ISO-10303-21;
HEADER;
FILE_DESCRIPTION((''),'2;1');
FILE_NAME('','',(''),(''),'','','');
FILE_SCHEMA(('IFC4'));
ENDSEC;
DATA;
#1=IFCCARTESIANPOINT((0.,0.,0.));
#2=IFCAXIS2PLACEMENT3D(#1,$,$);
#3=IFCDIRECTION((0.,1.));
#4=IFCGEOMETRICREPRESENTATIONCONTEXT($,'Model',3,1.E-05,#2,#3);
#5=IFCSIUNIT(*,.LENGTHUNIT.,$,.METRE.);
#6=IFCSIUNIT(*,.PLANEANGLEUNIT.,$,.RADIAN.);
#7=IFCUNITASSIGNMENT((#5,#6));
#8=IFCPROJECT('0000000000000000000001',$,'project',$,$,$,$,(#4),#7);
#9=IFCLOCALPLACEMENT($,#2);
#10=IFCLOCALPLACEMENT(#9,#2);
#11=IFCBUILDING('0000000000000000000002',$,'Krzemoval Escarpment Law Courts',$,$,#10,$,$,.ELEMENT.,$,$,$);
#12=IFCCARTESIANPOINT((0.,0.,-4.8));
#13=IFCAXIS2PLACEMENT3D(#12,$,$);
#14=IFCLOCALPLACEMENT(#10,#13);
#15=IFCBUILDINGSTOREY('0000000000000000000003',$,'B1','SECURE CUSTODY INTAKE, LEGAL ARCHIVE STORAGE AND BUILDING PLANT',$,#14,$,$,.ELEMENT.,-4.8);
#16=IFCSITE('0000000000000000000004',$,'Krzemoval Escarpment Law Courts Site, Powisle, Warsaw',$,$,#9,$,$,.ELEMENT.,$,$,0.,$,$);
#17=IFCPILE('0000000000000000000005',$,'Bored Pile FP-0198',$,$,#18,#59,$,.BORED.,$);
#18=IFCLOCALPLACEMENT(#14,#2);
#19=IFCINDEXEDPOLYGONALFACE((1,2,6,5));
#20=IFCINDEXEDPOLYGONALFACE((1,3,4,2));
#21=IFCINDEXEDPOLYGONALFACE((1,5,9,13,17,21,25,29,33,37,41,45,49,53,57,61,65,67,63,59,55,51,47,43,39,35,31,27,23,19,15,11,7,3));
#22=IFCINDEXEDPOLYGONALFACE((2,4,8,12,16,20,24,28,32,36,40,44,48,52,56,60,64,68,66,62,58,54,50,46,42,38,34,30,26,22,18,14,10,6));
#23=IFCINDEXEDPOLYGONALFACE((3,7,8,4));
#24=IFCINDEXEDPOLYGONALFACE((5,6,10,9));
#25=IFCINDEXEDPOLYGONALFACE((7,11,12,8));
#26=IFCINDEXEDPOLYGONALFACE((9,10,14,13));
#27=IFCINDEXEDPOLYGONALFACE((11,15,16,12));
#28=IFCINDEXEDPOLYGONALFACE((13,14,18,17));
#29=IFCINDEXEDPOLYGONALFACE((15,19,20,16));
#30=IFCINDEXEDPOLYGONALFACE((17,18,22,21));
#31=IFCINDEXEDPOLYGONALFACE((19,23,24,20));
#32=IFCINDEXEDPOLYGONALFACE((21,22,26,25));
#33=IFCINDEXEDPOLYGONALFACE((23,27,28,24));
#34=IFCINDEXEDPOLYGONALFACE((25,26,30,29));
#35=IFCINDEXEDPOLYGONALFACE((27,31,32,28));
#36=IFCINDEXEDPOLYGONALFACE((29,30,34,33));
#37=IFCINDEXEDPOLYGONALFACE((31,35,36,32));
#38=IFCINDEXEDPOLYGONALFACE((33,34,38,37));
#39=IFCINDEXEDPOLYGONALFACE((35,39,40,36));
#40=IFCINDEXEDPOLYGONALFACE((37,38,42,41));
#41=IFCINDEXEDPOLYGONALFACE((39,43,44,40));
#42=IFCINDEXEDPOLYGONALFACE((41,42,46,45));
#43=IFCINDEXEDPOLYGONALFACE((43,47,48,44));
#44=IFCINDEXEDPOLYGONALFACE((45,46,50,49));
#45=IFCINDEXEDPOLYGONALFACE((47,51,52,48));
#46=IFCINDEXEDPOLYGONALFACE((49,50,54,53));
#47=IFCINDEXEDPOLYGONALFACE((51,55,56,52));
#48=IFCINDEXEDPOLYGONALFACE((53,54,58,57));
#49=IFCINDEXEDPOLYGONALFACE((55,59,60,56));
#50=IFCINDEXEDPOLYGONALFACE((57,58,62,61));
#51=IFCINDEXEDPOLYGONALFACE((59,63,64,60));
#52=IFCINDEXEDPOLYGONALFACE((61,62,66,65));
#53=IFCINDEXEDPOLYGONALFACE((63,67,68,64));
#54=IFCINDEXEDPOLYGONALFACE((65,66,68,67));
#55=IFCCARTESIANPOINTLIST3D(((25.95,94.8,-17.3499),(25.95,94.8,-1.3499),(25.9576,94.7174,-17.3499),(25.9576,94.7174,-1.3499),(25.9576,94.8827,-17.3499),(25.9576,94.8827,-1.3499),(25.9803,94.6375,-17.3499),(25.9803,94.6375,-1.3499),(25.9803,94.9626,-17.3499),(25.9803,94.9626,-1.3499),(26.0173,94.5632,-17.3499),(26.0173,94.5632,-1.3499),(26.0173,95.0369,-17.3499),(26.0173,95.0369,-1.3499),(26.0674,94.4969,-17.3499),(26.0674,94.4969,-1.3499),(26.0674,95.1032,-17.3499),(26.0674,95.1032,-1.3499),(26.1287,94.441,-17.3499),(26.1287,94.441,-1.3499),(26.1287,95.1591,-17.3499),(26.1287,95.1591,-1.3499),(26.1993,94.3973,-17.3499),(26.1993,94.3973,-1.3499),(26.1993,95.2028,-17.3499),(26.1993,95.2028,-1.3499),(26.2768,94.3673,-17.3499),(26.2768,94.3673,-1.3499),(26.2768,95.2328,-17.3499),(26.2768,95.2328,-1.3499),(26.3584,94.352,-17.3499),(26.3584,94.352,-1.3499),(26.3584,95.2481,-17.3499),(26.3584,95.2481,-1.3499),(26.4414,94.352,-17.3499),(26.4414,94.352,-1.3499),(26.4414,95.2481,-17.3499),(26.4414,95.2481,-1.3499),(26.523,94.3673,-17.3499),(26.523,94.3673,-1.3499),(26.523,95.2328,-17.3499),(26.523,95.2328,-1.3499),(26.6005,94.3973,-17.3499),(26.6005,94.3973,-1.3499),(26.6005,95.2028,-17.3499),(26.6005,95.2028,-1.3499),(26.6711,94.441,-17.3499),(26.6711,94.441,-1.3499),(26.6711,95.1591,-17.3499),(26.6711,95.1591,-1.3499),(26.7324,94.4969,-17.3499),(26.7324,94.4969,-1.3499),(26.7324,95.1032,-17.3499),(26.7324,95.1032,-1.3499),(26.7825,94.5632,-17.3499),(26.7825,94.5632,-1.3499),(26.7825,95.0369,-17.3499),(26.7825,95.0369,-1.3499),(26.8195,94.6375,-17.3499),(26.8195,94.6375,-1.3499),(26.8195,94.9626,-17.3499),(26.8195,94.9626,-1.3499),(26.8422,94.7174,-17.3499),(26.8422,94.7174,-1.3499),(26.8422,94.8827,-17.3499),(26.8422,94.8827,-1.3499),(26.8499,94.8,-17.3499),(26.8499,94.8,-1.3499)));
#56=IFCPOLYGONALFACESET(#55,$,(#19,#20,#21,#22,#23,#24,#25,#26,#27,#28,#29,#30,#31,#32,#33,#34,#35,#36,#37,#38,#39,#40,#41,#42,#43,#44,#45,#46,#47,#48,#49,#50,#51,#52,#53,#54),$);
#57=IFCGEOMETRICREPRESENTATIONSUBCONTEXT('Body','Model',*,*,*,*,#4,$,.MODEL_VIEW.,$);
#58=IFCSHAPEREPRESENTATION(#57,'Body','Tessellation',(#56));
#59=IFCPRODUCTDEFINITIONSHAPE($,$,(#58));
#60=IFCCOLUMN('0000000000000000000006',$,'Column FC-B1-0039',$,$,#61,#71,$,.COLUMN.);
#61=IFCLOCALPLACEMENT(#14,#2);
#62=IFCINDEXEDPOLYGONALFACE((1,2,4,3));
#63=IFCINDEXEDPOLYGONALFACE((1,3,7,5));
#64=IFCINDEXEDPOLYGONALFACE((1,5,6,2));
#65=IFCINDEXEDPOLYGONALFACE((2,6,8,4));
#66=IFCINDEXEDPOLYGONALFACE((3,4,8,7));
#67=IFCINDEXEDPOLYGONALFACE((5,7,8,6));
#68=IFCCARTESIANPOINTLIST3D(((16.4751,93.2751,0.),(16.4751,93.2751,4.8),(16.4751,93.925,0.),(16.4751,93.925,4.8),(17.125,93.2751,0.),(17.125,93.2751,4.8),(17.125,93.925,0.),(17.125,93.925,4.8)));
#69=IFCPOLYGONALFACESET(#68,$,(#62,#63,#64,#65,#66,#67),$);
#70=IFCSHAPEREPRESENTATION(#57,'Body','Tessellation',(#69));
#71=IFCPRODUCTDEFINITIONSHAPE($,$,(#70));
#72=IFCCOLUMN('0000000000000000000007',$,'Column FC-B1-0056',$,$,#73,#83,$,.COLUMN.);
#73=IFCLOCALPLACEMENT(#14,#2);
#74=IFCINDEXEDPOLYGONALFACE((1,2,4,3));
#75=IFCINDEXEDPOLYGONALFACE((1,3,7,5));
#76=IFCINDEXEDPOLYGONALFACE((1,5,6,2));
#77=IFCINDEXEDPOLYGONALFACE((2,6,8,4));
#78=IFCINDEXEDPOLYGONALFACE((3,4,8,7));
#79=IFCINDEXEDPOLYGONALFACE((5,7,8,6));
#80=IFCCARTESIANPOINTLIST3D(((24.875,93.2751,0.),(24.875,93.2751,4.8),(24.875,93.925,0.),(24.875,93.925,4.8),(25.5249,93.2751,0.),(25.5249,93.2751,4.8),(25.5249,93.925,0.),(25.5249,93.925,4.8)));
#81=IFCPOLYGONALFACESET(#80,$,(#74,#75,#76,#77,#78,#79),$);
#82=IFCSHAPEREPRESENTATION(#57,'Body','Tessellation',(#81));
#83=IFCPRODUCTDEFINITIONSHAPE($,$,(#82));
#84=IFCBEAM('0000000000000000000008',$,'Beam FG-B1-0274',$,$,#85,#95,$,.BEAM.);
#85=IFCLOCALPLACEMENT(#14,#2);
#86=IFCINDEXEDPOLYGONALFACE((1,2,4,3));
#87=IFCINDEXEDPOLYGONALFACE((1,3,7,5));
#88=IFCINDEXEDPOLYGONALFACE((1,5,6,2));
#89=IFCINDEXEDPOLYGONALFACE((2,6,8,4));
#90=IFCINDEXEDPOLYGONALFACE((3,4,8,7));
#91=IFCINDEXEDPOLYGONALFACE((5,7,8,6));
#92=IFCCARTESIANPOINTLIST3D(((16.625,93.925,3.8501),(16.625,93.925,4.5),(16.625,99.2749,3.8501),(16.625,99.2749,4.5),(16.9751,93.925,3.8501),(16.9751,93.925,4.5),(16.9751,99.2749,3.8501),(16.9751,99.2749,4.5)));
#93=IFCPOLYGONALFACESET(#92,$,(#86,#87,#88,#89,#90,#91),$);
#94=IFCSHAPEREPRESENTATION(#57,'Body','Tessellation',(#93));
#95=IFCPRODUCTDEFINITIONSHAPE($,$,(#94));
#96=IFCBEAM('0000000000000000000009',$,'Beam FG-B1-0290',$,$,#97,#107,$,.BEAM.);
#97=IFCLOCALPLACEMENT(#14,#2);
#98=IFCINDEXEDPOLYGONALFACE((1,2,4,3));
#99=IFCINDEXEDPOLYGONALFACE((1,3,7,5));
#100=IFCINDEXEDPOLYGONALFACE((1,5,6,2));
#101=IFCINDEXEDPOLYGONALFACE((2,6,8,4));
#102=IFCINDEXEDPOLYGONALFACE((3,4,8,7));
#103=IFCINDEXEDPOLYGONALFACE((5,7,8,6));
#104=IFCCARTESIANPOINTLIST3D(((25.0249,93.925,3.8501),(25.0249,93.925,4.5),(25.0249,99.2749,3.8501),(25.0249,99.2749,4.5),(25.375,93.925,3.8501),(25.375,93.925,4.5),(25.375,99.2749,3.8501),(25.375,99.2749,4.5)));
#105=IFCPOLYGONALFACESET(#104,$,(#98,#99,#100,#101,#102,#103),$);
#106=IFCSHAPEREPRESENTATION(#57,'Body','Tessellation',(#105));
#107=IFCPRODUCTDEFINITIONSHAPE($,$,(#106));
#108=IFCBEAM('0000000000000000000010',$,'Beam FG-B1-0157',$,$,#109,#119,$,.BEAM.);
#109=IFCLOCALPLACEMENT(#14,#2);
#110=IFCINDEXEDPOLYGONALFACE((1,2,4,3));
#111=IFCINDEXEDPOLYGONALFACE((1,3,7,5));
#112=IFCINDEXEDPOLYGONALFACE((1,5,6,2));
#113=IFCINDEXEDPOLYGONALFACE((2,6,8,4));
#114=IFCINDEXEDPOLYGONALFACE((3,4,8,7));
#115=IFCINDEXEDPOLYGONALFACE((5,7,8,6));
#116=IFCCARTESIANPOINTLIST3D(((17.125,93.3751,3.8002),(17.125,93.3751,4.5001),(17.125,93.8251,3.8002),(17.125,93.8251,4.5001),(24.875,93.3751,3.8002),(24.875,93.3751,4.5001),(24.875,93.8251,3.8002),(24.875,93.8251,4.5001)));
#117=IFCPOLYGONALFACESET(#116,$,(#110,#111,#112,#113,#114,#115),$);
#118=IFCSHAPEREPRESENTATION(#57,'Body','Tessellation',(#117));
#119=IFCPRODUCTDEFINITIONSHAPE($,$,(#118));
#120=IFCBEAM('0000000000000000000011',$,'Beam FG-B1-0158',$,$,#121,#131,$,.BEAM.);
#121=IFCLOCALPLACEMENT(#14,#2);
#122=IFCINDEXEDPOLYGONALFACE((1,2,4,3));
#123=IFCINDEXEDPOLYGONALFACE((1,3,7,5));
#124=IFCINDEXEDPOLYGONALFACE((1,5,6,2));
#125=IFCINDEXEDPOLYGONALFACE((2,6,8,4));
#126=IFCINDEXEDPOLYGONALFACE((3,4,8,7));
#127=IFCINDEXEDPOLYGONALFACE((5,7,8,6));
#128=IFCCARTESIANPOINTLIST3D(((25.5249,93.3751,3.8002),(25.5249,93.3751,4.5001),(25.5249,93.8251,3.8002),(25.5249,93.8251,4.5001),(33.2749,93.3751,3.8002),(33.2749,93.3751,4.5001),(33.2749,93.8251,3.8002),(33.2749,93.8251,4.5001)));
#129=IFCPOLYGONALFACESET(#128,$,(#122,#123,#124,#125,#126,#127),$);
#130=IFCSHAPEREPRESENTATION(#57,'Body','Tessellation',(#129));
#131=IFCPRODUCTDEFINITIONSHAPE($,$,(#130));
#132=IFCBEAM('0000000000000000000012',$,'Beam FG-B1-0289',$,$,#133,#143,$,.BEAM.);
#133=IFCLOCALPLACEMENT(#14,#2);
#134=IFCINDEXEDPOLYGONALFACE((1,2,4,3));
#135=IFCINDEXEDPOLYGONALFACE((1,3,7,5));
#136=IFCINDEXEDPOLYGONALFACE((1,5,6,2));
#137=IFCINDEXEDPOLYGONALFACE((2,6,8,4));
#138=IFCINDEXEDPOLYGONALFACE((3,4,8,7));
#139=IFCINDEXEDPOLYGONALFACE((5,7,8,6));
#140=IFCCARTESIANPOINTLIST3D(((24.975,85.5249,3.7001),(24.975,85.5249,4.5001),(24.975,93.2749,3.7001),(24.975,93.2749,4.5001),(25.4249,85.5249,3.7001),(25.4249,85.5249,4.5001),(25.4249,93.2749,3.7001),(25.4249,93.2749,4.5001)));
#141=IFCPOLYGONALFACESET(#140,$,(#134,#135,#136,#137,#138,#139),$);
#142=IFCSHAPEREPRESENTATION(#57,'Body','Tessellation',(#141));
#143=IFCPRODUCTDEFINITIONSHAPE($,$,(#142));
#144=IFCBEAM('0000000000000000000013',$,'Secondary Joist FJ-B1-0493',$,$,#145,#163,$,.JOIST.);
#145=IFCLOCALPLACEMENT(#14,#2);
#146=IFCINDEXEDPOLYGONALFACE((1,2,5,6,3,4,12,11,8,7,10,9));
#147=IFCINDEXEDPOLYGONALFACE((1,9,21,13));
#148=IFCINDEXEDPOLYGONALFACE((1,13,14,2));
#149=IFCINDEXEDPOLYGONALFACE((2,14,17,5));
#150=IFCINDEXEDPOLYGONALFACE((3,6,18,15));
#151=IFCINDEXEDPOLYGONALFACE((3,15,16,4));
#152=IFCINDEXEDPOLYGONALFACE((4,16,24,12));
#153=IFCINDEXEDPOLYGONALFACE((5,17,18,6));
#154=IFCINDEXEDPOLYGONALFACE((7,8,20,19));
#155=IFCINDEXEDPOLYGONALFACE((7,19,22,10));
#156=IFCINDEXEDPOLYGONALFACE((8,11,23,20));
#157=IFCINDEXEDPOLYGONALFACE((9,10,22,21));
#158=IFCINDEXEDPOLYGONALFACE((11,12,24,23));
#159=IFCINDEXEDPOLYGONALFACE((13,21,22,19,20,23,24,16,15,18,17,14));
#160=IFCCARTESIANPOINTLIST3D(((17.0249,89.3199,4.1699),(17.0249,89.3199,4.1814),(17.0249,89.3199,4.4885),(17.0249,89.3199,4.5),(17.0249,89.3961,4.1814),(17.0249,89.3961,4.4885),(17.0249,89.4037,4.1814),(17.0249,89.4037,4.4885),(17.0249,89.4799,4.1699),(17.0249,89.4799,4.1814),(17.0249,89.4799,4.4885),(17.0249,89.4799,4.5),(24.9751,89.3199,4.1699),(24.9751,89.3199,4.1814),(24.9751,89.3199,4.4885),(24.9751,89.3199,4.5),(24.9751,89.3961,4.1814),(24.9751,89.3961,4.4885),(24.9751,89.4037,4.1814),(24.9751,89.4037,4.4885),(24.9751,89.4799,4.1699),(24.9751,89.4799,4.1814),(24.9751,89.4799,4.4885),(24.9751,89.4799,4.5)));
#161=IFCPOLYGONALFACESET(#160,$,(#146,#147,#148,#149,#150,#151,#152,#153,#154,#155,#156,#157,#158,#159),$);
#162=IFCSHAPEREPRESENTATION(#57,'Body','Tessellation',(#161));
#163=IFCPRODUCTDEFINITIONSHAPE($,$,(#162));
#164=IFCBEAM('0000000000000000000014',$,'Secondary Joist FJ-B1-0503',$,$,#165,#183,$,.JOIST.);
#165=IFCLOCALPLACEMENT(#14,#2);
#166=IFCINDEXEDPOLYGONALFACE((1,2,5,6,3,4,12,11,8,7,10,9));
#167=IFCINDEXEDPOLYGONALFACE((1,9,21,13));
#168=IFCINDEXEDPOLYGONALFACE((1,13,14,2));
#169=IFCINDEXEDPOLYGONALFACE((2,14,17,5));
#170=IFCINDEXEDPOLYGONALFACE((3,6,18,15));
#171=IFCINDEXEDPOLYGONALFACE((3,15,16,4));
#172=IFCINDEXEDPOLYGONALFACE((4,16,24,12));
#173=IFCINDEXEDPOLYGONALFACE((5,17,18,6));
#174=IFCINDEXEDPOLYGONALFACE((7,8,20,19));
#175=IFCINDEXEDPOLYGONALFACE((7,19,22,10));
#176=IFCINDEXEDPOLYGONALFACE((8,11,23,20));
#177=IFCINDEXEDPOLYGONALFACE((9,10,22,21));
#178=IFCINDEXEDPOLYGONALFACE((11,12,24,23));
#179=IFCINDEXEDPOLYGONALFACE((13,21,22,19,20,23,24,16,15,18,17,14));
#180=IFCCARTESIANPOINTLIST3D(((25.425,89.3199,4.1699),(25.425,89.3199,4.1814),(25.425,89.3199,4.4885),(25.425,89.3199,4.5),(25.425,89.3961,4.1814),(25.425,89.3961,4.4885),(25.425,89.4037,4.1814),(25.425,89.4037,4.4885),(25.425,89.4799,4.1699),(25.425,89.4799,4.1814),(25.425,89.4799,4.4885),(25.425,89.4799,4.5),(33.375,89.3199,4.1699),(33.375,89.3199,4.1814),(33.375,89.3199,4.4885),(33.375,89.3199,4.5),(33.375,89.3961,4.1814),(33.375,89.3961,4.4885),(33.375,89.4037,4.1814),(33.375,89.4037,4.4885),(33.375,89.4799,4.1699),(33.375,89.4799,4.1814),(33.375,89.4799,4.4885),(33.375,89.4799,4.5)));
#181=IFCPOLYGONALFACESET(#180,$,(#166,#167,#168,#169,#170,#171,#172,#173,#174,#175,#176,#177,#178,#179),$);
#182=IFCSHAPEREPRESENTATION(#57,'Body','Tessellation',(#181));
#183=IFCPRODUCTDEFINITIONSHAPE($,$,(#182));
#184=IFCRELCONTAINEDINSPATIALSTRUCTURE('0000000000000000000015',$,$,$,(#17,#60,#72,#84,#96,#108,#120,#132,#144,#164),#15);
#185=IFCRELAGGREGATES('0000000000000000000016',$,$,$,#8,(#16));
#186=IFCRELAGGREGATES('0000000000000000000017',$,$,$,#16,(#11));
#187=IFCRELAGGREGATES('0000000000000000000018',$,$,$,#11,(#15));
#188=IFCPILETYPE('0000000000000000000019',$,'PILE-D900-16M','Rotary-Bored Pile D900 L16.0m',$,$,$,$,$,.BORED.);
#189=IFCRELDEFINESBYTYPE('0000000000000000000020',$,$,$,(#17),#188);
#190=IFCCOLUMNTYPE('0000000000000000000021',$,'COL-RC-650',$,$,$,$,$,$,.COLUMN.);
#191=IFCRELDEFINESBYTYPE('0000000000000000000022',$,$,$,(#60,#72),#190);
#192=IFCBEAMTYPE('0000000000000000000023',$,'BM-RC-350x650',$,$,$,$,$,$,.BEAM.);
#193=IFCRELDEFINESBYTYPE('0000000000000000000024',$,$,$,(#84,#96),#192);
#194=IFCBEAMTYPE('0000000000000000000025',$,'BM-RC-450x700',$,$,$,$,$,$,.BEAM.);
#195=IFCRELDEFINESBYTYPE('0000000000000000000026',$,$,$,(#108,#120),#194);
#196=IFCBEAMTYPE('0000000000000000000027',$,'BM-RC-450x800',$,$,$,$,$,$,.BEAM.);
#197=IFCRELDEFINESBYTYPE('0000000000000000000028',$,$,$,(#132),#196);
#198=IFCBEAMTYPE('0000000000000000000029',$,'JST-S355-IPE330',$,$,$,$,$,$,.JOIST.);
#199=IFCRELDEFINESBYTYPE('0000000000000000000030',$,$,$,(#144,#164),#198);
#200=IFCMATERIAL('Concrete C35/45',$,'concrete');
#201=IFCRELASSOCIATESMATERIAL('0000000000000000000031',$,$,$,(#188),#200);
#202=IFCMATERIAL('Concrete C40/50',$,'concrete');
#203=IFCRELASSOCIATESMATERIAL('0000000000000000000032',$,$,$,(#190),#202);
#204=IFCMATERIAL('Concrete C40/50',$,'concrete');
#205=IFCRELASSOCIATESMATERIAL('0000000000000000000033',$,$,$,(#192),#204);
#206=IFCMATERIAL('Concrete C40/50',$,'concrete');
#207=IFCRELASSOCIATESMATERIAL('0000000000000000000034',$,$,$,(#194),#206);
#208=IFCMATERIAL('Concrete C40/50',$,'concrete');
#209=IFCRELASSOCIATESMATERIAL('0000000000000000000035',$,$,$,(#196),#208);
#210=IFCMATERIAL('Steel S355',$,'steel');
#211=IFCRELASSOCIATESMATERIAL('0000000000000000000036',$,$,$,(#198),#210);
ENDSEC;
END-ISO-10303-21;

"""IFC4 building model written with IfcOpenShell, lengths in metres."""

from ifc_helpers import new_model, si_unit, direction, frame, origin, origin_2d, place, context, subcontext, project, spatial, rectangle, circle, i_section, extrude, material, material_profile, profile_set, type_object, element, save


model = new_model("IFC4")

# Units and contexts
model_context = context("Model", 3, precision=1e-05, world=origin(), true_north=direction((0.0, 1.0)))
body_context = subcontext(model_context, "Body", "Model", "MODEL_VIEW")
ifc_project = project(units=[si_unit("LENGTHUNIT", "METRE"), si_unit("PLANEANGLEUNIT", "RADIAN")], contexts=[model_context])

# Site, building, storey
site_placement = place(None, origin())
site = spatial("IfcSite", under=ifc_project, at=site_placement, Name="Krzemoval Escarpment Law Courts Site, Powisle, Warsaw", CompositionType="ELEMENT", RefElevation=0.0)
building_placement = place(site_placement, origin())
building = spatial("IfcBuilding", under=site, at=building_placement, Name="Krzemoval Escarpment Law Courts", CompositionType="ELEMENT")
storey_placement = place(building_placement, frame((0.0, 0.0, -4.8)))
storey = spatial("IfcBuildingStorey", under=building, at=storey_placement, Name="B1", Description="SECURE CUSTODY INTAKE, LEGAL ARCHIVE STORAGE AND BUILDING PLANT", CompositionType="ELEMENT", Elevation=-4.8)

# Pile
ifc_material_1 = material(Name="Concrete C35/45", Category="concrete")
ifc_material_profile_1 = material_profile(ifc_material_1, circle(Radius=0.45, at=origin_2d()), Name="PILE D900")
ifc_profile_set_1 = profile_set([ifc_material_profile_1], Name="Concrete C35/45")
pile_type = type_object("IfcPileType", Name="PILE-D900-16M", Description="Rotary-Bored Pile D900 L16.0m", PredefinedType="BORED", material=ifc_profile_set_1)
for number, where, z_axis, x_axis, name in (
    (1, (26.3999, 94.8, -1.3499), (0.0, 0.0, -1.0), (1.0, 0.0, 0.0), "Bored Pile FP-0198"),
):
    element("IfcPile", number, at=place(storey_placement, frame(where, z_axis=z_axis, x_axis=x_axis)), inside=storey, type_object=pile_type, Name=name, PredefinedType="BORED", context=body_context, shape_type="SweptSolid", body=[
        extrude(circle(Radius=0.45, at=origin_2d()), origin(), (0.0, 0.0, 1.0), 16.0),
    ])

# Columns
ifc_material_2 = material(Name="Concrete C40/50", Category="concrete")
ifc_material_profile_2 = material_profile(ifc_material_2, rectangle(XDim=0.6499, YDim=0.6499, at=origin_2d()), Name="RC 650x650")
ifc_profile_set_2 = profile_set([ifc_material_profile_2], Name="Concrete C40/50")
column_type = type_object("IfcColumnType", Name="COL-RC-650", PredefinedType="COLUMN", material=ifc_profile_set_2)
for number, where, z_axis, x_axis, name in (
    (2, (16.8, 93.6001, 0.0), (0.0, 0.0, 1.0), (1.0, 0.0, 0.0), "Column FC-B1-0039"),
    (3, (25.2, 93.6001, 0.0), (0.0, 0.0, 1.0), (1.0, 0.0, 0.0), "Column FC-B1-0056"),
):
    element("IfcColumn", number, at=place(storey_placement, frame(where, z_axis=z_axis, x_axis=x_axis)), inside=storey, type_object=column_type, Name=name, PredefinedType="COLUMN", context=body_context, shape_type="SweptSolid", body=[
        extrude(rectangle(XDim=0.6499, YDim=0.6499, at=origin_2d()), origin(), (0.0, 0.0, 1.0), 4.8),
    ])

# Beams
ifc_material_3 = material(Name="Concrete C40/50", Category="concrete")
ifc_material_profile_3 = material_profile(ifc_material_3, rectangle(XDim=0.3501, YDim=0.6499, at=origin_2d()), Name="RCB 350x650")
ifc_profile_set_3 = profile_set([ifc_material_profile_3], Name="Concrete C40/50")
beam_type_1 = type_object("IfcBeamType", Name="BM-RC-350x650", PredefinedType="BEAM", material=ifc_profile_set_3)
for number, where, z_axis, x_axis, name in (
    (4, (16.8, 93.925, 4.175), (0.0, 1.0, 0.0), (-1.0, 0.0, 0.0), "Beam FG-B1-0274"),
    (5, (25.2, 93.925, 4.175), (0.0, 1.0, 0.0), (-1.0, 0.0, 0.0), "Beam FG-B1-0290"),
):
    element("IfcBeam", number, at=place(storey_placement, frame(where, z_axis=z_axis, x_axis=x_axis)), inside=storey, type_object=beam_type_1, Name=name, PredefinedType="BEAM", context=body_context, shape_type="SweptSolid", body=[
        extrude(rectangle(XDim=0.3501, YDim=0.6499, at=origin_2d()), origin(), (0.0, 0.0, 1.0), 5.3499),
    ])
ifc_material_4 = material(Name="Concrete C40/50", Category="concrete")
ifc_material_profile_4 = material_profile(ifc_material_4, rectangle(XDim=0.45, YDim=0.7, at=origin_2d()), Name="RCB 450x700")
ifc_profile_set_4 = profile_set([ifc_material_profile_4], Name="Concrete C40/50")
beam_type_2 = type_object("IfcBeamType", Name="BM-RC-450x700", PredefinedType="BEAM", material=ifc_profile_set_4)
for number, where, z_axis, x_axis, name in (
    (6, (17.125, 93.6001, 4.1501), (1.0, 0.0, 0.0), (0.0, 1.0, 0.0), "Beam FG-B1-0157"),
    (7, (25.5249, 93.6001, 4.1501), (1.0, 0.0, 0.0), (0.0, 1.0, 0.0), "Beam FG-B1-0158"),
):
    element("IfcBeam", number, at=place(storey_placement, frame(where, z_axis=z_axis, x_axis=x_axis)), inside=storey, type_object=beam_type_2, Name=name, PredefinedType="BEAM", context=body_context, shape_type="SweptSolid", body=[
        extrude(rectangle(XDim=0.45, YDim=0.7, at=origin_2d()), origin(), (0.0, 0.0, 1.0), 7.75),
    ])
ifc_material_5 = material(Name="Concrete C40/50", Category="concrete")
ifc_material_profile_5 = material_profile(ifc_material_5, rectangle(XDim=0.45, YDim=0.8, at=origin_2d()), Name="RCB 450x800")
ifc_profile_set_5 = profile_set([ifc_material_profile_5], Name="Concrete C40/50")
beam_type_3 = type_object("IfcBeamType", Name="BM-RC-450x800", PredefinedType="BEAM", material=ifc_profile_set_5)
beam_1_placement = place(storey_placement, frame((25.2, 85.5249, 4.1001), z_axis=(0.0, 1.0, 0.0), x_axis=(-1.0, 0.0, 0.0)))
element("IfcBeam", 8, at=beam_1_placement, inside=storey, type_object=beam_type_3, Name="Beam FG-B1-0289", PredefinedType="BEAM", context=body_context, shape_type="SweptSolid", body=[
    extrude(rectangle(XDim=0.45, YDim=0.8, at=origin_2d()), origin(), (0.0, 0.0, 1.0), 7.75),
])
ifc_material_6 = material(Name="Steel S355", Category="steel")
ifc_material_profile_6 = material_profile(ifc_material_6, i_section(OverallWidth=0.1599, OverallDepth=0.3301, WebThickness=0.0076, FlangeThickness=0.0115, at=origin_2d()), Name="IPE 330")
ifc_profile_set_6 = profile_set([ifc_material_profile_6], Name="Steel S355")
beam_type_4 = type_object("IfcBeamType", Name="JST-S355-IPE330", PredefinedType="JOIST", material=ifc_profile_set_6)
beam_2_placement = place(storey_placement, frame((17.0249, 89.3999, 4.335), z_axis=(1.0, 0.0, 0.0), x_axis=(0.0, 1.0, 0.0)))
element("IfcBeam", 9, at=beam_2_placement, inside=storey, type_object=beam_type_4, Name="Secondary Joist FJ-B1-0493", PredefinedType="JOIST", context=body_context, shape_type="SweptSolid", body=[
    extrude(i_section(OverallWidth=0.1599, OverallDepth=0.3301, WebThickness=0.0076, FlangeThickness=0.0115, at=origin_2d()), origin(), (0.0, 0.0, 1.0), 7.9502),
])
beam_3_placement = place(storey_placement, frame((25.425, 89.3999, 4.335), z_axis=(1.0, 0.0, 0.0), x_axis=(0.0, 1.0, 0.0)))
element("IfcBeam", 10, at=beam_3_placement, inside=storey, type_object=beam_type_4, Name="Secondary Joist FJ-B1-0503", PredefinedType="JOIST", context=body_context, shape_type="SweptSolid", body=[
    extrude(i_section(OverallWidth=0.1599, OverallDepth=0.3301, WebThickness=0.0076, FlangeThickness=0.0115, at=origin_2d()), origin(), (0.0, 0.0, 1.0), 7.95),
])

save(model, "model.ifc")
